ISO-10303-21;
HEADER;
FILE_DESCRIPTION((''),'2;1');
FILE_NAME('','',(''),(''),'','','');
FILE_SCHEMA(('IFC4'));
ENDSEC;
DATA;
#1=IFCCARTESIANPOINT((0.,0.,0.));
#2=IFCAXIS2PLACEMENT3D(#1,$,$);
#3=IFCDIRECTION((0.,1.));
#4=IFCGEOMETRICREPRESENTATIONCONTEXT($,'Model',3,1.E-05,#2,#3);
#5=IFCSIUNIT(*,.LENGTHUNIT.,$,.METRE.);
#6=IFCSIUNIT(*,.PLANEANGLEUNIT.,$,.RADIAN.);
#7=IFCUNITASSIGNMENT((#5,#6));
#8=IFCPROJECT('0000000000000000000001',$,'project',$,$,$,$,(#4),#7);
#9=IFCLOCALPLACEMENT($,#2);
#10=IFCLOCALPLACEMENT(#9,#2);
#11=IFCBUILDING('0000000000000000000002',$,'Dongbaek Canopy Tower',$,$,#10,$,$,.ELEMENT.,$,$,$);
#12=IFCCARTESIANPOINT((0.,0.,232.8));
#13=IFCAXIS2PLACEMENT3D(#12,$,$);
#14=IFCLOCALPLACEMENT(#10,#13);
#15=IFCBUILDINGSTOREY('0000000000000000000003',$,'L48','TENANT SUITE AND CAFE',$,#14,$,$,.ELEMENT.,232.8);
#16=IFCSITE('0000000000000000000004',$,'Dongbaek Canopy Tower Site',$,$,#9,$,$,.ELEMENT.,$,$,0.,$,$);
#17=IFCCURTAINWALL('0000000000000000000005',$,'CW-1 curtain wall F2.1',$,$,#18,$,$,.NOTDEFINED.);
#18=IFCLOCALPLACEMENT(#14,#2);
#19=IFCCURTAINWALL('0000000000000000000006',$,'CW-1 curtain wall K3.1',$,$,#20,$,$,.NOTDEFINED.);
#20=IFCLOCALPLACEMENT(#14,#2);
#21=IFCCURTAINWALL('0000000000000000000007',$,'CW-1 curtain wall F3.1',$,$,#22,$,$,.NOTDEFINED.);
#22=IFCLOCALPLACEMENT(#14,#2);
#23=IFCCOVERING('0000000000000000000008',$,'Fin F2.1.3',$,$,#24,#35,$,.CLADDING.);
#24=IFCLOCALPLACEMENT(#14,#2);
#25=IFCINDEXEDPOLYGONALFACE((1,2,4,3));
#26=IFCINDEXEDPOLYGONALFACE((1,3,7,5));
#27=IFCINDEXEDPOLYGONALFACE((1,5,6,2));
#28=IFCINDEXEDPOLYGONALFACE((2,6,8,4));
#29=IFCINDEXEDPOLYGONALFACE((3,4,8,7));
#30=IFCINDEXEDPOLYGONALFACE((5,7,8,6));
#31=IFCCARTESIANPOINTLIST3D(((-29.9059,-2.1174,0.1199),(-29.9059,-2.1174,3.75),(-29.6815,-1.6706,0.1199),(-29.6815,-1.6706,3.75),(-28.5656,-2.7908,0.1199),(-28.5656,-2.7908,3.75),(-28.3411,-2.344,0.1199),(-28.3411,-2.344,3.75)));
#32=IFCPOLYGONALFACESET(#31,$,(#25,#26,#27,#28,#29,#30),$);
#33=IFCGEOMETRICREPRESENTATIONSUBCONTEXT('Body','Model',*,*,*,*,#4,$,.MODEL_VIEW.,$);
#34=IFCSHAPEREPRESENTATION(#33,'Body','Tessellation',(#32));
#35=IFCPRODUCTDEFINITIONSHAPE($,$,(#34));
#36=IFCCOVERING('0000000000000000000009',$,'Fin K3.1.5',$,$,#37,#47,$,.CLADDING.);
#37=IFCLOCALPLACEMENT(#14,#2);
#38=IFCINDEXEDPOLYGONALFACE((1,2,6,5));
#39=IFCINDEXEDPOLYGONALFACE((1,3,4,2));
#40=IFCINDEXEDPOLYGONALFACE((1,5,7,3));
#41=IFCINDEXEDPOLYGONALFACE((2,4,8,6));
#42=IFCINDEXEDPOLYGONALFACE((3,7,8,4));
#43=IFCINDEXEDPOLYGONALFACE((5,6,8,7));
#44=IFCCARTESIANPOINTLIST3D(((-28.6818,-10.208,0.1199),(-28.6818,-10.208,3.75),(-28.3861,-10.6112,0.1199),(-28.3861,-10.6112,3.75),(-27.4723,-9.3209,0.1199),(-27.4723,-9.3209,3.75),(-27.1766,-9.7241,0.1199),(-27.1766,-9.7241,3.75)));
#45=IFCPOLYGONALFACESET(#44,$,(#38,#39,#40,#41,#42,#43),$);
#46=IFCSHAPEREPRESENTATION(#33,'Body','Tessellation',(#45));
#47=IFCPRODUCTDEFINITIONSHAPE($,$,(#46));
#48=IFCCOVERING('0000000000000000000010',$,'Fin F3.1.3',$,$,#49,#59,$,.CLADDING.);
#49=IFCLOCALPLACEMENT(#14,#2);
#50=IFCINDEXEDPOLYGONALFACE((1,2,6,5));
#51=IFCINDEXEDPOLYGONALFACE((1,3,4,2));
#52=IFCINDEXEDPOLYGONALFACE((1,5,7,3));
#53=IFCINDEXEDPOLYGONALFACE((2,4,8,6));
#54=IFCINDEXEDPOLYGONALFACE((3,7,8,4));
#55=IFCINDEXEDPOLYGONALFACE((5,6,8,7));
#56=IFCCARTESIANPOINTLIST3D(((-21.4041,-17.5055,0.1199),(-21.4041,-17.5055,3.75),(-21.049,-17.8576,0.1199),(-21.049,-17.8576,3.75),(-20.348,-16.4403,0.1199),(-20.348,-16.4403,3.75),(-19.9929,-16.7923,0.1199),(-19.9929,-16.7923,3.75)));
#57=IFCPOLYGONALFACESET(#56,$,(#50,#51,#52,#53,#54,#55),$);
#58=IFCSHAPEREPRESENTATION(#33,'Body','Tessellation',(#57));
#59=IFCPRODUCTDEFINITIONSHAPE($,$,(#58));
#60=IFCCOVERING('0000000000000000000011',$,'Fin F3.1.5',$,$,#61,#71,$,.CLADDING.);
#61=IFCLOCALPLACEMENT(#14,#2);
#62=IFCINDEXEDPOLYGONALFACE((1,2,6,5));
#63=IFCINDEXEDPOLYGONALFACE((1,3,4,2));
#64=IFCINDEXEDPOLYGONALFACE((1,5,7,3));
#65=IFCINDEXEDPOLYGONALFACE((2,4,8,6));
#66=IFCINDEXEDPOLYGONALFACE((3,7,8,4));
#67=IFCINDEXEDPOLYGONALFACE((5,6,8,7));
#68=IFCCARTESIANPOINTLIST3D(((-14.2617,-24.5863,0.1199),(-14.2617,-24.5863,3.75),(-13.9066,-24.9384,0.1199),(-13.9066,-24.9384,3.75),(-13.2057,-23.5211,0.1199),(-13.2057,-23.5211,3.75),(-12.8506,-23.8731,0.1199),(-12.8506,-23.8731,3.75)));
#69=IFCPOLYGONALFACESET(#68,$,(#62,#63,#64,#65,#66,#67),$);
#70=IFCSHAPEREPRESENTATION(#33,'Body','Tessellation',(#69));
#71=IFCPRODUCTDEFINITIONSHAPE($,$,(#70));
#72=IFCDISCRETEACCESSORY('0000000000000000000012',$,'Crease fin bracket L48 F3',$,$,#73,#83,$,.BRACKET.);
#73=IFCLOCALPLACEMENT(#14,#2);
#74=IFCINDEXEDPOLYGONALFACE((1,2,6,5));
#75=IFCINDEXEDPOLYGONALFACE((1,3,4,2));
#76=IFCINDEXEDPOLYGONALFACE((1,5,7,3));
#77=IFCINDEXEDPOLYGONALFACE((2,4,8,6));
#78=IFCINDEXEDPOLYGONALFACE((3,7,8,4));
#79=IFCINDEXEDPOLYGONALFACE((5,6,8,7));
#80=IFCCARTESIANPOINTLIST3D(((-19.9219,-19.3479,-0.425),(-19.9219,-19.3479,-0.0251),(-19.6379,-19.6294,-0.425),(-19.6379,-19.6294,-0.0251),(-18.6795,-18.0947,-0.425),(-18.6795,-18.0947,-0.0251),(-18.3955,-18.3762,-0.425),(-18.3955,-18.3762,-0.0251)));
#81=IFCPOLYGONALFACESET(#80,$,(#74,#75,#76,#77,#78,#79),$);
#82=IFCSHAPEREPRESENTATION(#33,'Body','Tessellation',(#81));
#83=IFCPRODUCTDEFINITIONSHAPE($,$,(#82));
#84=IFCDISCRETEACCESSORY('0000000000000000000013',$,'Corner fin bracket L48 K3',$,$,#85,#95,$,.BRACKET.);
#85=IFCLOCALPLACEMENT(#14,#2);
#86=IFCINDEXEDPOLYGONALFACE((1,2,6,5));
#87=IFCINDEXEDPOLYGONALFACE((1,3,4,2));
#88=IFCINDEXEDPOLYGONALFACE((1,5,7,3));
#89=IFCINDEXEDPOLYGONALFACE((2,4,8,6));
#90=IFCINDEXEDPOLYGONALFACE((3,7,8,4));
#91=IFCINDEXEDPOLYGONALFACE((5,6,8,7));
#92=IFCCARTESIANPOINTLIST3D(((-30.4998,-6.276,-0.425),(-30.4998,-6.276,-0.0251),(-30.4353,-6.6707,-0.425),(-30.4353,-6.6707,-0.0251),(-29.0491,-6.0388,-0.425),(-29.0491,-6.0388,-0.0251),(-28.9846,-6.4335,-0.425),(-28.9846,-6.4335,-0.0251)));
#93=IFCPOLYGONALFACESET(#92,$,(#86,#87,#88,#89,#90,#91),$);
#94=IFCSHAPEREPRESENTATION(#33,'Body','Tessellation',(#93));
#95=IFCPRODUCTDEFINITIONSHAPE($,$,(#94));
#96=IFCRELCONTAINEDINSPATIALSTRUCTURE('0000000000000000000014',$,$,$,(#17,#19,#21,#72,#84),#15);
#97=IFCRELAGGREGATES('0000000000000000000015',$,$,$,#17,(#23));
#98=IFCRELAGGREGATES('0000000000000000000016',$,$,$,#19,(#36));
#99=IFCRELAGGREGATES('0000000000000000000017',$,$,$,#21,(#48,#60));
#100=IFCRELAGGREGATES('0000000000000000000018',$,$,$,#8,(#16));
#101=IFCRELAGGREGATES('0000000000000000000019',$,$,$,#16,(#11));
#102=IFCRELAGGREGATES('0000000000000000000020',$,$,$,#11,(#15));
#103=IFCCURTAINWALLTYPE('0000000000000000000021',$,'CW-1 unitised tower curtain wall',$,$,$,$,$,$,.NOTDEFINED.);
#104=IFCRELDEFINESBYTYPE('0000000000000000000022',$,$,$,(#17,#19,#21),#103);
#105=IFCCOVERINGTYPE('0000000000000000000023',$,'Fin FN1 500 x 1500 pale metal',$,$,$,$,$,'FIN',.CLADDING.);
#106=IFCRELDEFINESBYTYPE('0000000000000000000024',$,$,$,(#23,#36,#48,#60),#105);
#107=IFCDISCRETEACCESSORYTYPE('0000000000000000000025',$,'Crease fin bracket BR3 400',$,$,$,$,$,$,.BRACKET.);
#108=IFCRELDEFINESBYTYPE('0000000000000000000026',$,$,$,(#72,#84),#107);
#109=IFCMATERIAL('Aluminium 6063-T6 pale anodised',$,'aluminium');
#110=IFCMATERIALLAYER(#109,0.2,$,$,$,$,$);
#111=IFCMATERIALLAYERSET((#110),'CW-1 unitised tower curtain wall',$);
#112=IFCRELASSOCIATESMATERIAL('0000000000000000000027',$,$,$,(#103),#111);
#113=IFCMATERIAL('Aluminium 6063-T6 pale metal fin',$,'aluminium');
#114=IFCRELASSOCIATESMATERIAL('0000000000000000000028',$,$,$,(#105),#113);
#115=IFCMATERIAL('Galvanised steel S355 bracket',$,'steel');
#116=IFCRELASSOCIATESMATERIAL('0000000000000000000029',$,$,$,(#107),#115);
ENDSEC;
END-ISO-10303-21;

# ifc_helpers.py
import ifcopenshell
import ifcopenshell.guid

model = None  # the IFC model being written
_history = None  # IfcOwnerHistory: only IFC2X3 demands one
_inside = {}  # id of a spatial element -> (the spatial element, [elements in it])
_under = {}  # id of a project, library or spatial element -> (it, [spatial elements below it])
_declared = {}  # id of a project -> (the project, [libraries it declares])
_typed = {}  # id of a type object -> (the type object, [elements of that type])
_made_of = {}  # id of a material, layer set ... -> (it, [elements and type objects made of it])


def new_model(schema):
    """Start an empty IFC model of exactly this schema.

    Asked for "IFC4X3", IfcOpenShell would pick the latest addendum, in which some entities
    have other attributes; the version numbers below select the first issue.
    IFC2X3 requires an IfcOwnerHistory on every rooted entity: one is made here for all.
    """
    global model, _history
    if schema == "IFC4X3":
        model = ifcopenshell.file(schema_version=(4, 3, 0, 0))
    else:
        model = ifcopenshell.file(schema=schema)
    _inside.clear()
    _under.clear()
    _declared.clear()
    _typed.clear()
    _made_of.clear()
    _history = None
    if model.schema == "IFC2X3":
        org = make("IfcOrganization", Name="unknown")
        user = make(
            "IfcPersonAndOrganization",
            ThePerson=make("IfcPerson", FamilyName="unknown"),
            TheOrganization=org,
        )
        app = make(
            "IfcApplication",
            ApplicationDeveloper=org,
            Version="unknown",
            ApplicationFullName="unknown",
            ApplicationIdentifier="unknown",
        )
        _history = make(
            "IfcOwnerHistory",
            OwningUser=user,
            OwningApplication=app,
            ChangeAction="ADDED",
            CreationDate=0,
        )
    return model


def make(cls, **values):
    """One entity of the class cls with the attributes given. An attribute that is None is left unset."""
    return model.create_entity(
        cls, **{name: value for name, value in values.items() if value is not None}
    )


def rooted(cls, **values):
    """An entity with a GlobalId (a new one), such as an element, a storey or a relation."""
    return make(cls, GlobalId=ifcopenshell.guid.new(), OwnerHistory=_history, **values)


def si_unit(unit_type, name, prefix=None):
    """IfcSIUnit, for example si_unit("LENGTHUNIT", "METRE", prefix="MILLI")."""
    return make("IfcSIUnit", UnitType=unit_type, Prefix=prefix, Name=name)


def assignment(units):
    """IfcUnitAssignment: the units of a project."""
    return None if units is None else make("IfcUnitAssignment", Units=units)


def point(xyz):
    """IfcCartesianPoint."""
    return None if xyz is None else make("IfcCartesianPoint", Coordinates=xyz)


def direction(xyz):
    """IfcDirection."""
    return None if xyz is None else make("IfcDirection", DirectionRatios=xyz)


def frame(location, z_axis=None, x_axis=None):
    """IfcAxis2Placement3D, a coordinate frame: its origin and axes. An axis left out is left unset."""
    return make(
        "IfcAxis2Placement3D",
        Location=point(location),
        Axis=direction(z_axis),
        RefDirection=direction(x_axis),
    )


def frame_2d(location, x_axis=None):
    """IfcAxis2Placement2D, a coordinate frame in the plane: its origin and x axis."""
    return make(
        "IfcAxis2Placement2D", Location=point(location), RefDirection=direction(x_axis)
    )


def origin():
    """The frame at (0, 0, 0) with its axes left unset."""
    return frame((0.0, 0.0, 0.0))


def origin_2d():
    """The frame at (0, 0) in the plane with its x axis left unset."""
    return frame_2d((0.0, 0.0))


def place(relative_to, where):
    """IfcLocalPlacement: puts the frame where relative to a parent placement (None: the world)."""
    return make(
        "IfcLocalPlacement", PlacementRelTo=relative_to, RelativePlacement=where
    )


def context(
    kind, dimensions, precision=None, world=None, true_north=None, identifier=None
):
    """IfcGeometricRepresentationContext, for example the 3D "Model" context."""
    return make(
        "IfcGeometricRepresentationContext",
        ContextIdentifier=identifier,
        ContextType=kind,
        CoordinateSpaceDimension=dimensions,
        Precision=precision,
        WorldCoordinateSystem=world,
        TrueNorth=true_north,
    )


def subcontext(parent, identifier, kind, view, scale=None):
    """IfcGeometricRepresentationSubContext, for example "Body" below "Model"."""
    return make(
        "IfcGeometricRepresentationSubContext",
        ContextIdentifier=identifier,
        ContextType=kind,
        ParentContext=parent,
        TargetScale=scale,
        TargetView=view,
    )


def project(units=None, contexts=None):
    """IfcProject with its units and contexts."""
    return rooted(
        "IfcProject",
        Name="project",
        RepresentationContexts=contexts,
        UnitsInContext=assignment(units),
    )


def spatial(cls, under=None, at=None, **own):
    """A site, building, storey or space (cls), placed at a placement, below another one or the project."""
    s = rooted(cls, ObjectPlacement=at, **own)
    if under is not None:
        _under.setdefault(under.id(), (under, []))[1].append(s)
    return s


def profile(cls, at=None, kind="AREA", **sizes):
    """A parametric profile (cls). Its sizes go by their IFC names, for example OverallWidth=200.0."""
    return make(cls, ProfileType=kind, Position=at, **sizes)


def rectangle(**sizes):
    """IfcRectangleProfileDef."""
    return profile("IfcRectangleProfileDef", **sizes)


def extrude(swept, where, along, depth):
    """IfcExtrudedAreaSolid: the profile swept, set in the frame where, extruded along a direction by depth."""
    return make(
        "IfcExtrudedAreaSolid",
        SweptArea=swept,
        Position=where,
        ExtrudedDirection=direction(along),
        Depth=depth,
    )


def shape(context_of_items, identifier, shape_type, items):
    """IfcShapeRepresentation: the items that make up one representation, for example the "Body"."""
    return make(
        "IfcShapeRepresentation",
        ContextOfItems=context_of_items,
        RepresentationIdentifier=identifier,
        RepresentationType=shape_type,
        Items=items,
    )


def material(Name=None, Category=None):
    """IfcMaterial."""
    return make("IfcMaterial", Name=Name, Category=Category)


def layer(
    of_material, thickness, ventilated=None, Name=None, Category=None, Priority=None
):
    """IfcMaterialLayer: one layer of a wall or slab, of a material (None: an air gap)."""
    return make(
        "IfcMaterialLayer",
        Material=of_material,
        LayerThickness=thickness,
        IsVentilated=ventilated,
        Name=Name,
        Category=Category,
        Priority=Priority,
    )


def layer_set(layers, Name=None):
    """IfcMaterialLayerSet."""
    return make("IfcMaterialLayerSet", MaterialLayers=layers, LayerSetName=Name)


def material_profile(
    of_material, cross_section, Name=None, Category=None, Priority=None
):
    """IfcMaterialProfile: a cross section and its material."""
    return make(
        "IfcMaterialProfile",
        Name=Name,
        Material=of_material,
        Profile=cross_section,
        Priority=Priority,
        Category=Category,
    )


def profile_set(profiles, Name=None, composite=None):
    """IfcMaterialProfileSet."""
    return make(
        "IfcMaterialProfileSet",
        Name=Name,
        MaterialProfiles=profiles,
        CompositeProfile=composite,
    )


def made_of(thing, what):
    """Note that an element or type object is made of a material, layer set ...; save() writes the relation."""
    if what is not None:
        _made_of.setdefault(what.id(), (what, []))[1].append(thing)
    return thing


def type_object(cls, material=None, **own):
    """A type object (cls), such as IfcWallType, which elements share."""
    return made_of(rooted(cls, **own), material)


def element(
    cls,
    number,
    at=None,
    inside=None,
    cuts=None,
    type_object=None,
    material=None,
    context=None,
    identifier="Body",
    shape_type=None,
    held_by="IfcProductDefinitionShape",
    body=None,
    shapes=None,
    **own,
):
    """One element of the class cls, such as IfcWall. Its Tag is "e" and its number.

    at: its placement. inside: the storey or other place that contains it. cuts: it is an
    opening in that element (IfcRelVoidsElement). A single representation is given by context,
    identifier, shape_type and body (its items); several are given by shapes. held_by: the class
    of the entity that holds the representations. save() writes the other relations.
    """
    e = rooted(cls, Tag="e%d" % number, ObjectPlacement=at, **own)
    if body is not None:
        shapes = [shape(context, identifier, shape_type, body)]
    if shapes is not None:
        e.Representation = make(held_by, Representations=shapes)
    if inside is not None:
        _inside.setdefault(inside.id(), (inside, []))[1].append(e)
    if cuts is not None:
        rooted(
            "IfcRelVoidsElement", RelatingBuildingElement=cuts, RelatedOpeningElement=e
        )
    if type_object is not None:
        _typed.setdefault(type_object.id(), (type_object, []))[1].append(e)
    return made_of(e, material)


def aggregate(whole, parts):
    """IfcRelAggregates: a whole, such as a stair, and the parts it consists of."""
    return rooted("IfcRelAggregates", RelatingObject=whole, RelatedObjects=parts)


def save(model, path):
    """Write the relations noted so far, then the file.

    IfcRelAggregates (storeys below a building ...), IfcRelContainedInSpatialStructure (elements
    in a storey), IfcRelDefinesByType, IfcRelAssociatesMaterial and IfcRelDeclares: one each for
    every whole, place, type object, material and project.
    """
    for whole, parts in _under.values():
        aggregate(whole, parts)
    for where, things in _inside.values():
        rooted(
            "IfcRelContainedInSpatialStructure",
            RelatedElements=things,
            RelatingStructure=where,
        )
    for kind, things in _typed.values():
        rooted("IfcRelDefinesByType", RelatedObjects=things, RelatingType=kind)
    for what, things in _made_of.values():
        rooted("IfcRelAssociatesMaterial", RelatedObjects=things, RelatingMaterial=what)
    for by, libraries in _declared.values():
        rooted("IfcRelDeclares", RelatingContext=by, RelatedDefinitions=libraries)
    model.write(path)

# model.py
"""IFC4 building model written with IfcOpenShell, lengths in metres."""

from ifc_helpers import new_model, si_unit, direction, frame, origin, origin_2d, place, context, subcontext, project, spatial, rectangle, extrude, material, layer, layer_set, material_profile, profile_set, type_object, element, aggregate, save


model = new_model("IFC4")

# Units and contexts
model_context = context("Model", 3, precision=1e-05, world=origin(), true_north=direction((0.0, 1.0)))
body_context = subcontext(model_context, "Body", "Model", "MODEL_VIEW")
ifc_project = project(units=[si_unit("LENGTHUNIT", "METRE"), si_unit("PLANEANGLEUNIT", "RADIAN")], contexts=[model_context])

# Site, building, storey
site_placement = place(None, origin())
site = spatial("IfcSite", under=ifc_project, at=site_placement, Name="Dongbaek Canopy Tower Site", CompositionType="ELEMENT", RefElevation=0.0)
building_placement = place(site_placement, origin())
building = spatial("IfcBuilding", under=site, at=building_placement, Name="Dongbaek Canopy Tower", CompositionType="ELEMENT")
storey_placement = place(building_placement, frame((0.0, 0.0, 232.8)))
storey = spatial("IfcBuildingStorey", under=building, at=storey_placement, Name="L48", Description="TENANT SUITE AND CAFE", CompositionType="ELEMENT", Elevation=232.8)

# Curtain wall
ifc_material_1 = material(Name="Aluminium 6063-T6 pale anodised", Category="aluminium")
ifc_layer_1 = layer(ifc_material_1, 0.2)
ifc_layer_set_1 = layer_set([ifc_layer_1], Name="CW-1 unitised tower curtain wall")
curtain_wall_type = type_object("IfcCurtainWallType", Name="CW-1 unitised tower curtain wall", PredefinedType="NOTDEFINED", material=ifc_layer_set_1)
curtain_wall_1_placement = place(storey_placement, origin())
curtain_wall_1 = element("IfcCurtainWall", 1, at=curtain_wall_1_placement, inside=storey, type_object=curtain_wall_type, Name="CW-1 curtain wall F2.1", PredefinedType="NOTDEFINED")

# Curtain walls
curtain_wall_2_placement = place(storey_placement, origin())
curtain_wall_2 = element("IfcCurtainWall", 2, at=curtain_wall_2_placement, inside=storey, type_object=curtain_wall_type, Name="CW-1 curtain wall K3.1", PredefinedType="NOTDEFINED")
curtain_wall_3_placement = place(storey_placement, origin())
curtain_wall_3 = element("IfcCurtainWall", 3, at=curtain_wall_3_placement, inside=storey, type_object=curtain_wall_type, Name="CW-1 curtain wall F3.1", PredefinedType="NOTDEFINED")

# Coverings
ifc_material_2 = material(Name="Aluminium 6063-T6 pale metal fin", Category="aluminium")
ifc_material_profile_1 = material_profile(ifc_material_2, rectangle(XDim=1.5, YDim=0.5, at=origin_2d()), Name="Fin FN1 500 x 1500 pale metal")
ifc_profile_set_1 = profile_set([ifc_material_profile_1], Name="Aluminium 6063-T6 pale metal fin")
covering_type_1 = type_object("IfcCoveringType", Name="Fin FN1 500 x 1500 pale metal", ElementType="FIN", PredefinedType="CLADDING", material=ifc_profile_set_1)
covering_1_placement = place(storey_placement, frame((-29.1235, -2.2307, 0.1199), z_axis=(0.0, 0.0, 1.0), x_axis=(-0.893577, 0.448909, 0.0)))
covering_1 = element("IfcCovering", 4, at=covering_1_placement, type_object=covering_type_1, Name="Fin F2.1.3", PredefinedType="CLADDING", context=body_context, shape_type="SweptSolid", body=[
    extrude(rectangle(XDim=1.5, YDim=0.5, at=origin_2d()), origin(), (0.0, 0.0, 1.0), 3.6301),
])
aggregate(curtain_wall_1, [covering_1])
covering_2_placement = place(storey_placement, frame((-27.9292, -9.9661, 0.1199), z_axis=(0.0, 0.0, 1.0), x_axis=(-0.806363, -0.591421, 0.0)))
covering_2 = element("IfcCovering", 5, at=covering_2_placement, type_object=covering_type_1, Name="Fin K3.1.5", PredefinedType="CLADDING", context=body_context, shape_type="SweptSolid", body=[
    extrude(rectangle(XDim=1.5, YDim=0.5, at=origin_2d()), origin(), (0.0, 0.0, 1.0), 3.6301),
])
aggregate(curtain_wall_2, [covering_2])
covering_3_placement = place(storey_placement, frame((-20.6985, -17.1489, 0.1199), z_axis=(0.0, 0.0, 1.0), x_axis=(-0.704038, -0.710162, 0.0)))
covering_3 = element("IfcCovering", 6, at=covering_3_placement, type_object=covering_type_1, Name="Fin F3.1.3", PredefinedType="CLADDING", context=body_context, shape_type="SweptSolid", body=[
    extrude(rectangle(XDim=1.5, YDim=0.5, at=origin_2d()), origin(), (0.0, 0.0, 1.0), 3.6301),
])
covering_4_placement = place(storey_placement, frame((-13.5562, -24.2297, 0.1199), z_axis=(0.0, 0.0, 1.0), x_axis=(-0.704038, -0.710162, 0.0)))
covering_4 = element("IfcCovering", 7, at=covering_4_placement, type_object=covering_type_1, Name="Fin F3.1.5", PredefinedType="CLADDING", context=body_context, shape_type="SweptSolid", body=[
    extrude(rectangle(XDim=1.5, YDim=0.5, at=origin_2d()), origin(), (0.0, 0.0, 1.0), 3.6301),
])
aggregate(curtain_wall_3, [covering_3, covering_4])

# Discrete accessories
ifc_material_3 = material(Name="Galvanised steel S355 bracket", Category="steel")
discrete_accessory_type = type_object("IfcDiscreteAccessoryType", Name="Crease fin bracket BR3 400", PredefinedType="BRACKET", material=ifc_material_3)
discrete_accessory_1_placement = place(storey_placement, frame((-19.1587, -18.8621, -0.425), z_axis=(0.0, 0.0, 1.0), x_axis=(-0.704038, -0.710162, 0.0)))
element("IfcDiscreteAccessory", 8, at=discrete_accessory_1_placement, inside=storey, type_object=discrete_accessory_type, Name="Crease fin bracket L48 F3", PredefinedType="BRACKET", context=body_context, shape_type="SweptSolid", body=[
    extrude(rectangle(XDim=1.7646, YDim=0.3999, at=origin_2d()), origin(), (0.0, 0.0, 1.0), 0.3999),
])
discrete_accessory_2_placement = place(storey_placement, frame((-29.7422, -6.3547, -0.425), z_axis=(0.0, 0.0, 1.0), x_axis=(-0.986892, -0.161383, 0.0)))
element("IfcDiscreteAccessory", 9, at=discrete_accessory_2_placement, inside=storey, type_object=discrete_accessory_type, Name="Corner fin bracket L48 K3", PredefinedType="BRACKET", context=body_context, shape_type="SweptSolid", body=[
    extrude(rectangle(XDim=1.47, YDim=0.3999, at=origin_2d()), origin(), (0.0, 0.0, 1.0), 0.3999),
])

save(model, "model.ifc")
